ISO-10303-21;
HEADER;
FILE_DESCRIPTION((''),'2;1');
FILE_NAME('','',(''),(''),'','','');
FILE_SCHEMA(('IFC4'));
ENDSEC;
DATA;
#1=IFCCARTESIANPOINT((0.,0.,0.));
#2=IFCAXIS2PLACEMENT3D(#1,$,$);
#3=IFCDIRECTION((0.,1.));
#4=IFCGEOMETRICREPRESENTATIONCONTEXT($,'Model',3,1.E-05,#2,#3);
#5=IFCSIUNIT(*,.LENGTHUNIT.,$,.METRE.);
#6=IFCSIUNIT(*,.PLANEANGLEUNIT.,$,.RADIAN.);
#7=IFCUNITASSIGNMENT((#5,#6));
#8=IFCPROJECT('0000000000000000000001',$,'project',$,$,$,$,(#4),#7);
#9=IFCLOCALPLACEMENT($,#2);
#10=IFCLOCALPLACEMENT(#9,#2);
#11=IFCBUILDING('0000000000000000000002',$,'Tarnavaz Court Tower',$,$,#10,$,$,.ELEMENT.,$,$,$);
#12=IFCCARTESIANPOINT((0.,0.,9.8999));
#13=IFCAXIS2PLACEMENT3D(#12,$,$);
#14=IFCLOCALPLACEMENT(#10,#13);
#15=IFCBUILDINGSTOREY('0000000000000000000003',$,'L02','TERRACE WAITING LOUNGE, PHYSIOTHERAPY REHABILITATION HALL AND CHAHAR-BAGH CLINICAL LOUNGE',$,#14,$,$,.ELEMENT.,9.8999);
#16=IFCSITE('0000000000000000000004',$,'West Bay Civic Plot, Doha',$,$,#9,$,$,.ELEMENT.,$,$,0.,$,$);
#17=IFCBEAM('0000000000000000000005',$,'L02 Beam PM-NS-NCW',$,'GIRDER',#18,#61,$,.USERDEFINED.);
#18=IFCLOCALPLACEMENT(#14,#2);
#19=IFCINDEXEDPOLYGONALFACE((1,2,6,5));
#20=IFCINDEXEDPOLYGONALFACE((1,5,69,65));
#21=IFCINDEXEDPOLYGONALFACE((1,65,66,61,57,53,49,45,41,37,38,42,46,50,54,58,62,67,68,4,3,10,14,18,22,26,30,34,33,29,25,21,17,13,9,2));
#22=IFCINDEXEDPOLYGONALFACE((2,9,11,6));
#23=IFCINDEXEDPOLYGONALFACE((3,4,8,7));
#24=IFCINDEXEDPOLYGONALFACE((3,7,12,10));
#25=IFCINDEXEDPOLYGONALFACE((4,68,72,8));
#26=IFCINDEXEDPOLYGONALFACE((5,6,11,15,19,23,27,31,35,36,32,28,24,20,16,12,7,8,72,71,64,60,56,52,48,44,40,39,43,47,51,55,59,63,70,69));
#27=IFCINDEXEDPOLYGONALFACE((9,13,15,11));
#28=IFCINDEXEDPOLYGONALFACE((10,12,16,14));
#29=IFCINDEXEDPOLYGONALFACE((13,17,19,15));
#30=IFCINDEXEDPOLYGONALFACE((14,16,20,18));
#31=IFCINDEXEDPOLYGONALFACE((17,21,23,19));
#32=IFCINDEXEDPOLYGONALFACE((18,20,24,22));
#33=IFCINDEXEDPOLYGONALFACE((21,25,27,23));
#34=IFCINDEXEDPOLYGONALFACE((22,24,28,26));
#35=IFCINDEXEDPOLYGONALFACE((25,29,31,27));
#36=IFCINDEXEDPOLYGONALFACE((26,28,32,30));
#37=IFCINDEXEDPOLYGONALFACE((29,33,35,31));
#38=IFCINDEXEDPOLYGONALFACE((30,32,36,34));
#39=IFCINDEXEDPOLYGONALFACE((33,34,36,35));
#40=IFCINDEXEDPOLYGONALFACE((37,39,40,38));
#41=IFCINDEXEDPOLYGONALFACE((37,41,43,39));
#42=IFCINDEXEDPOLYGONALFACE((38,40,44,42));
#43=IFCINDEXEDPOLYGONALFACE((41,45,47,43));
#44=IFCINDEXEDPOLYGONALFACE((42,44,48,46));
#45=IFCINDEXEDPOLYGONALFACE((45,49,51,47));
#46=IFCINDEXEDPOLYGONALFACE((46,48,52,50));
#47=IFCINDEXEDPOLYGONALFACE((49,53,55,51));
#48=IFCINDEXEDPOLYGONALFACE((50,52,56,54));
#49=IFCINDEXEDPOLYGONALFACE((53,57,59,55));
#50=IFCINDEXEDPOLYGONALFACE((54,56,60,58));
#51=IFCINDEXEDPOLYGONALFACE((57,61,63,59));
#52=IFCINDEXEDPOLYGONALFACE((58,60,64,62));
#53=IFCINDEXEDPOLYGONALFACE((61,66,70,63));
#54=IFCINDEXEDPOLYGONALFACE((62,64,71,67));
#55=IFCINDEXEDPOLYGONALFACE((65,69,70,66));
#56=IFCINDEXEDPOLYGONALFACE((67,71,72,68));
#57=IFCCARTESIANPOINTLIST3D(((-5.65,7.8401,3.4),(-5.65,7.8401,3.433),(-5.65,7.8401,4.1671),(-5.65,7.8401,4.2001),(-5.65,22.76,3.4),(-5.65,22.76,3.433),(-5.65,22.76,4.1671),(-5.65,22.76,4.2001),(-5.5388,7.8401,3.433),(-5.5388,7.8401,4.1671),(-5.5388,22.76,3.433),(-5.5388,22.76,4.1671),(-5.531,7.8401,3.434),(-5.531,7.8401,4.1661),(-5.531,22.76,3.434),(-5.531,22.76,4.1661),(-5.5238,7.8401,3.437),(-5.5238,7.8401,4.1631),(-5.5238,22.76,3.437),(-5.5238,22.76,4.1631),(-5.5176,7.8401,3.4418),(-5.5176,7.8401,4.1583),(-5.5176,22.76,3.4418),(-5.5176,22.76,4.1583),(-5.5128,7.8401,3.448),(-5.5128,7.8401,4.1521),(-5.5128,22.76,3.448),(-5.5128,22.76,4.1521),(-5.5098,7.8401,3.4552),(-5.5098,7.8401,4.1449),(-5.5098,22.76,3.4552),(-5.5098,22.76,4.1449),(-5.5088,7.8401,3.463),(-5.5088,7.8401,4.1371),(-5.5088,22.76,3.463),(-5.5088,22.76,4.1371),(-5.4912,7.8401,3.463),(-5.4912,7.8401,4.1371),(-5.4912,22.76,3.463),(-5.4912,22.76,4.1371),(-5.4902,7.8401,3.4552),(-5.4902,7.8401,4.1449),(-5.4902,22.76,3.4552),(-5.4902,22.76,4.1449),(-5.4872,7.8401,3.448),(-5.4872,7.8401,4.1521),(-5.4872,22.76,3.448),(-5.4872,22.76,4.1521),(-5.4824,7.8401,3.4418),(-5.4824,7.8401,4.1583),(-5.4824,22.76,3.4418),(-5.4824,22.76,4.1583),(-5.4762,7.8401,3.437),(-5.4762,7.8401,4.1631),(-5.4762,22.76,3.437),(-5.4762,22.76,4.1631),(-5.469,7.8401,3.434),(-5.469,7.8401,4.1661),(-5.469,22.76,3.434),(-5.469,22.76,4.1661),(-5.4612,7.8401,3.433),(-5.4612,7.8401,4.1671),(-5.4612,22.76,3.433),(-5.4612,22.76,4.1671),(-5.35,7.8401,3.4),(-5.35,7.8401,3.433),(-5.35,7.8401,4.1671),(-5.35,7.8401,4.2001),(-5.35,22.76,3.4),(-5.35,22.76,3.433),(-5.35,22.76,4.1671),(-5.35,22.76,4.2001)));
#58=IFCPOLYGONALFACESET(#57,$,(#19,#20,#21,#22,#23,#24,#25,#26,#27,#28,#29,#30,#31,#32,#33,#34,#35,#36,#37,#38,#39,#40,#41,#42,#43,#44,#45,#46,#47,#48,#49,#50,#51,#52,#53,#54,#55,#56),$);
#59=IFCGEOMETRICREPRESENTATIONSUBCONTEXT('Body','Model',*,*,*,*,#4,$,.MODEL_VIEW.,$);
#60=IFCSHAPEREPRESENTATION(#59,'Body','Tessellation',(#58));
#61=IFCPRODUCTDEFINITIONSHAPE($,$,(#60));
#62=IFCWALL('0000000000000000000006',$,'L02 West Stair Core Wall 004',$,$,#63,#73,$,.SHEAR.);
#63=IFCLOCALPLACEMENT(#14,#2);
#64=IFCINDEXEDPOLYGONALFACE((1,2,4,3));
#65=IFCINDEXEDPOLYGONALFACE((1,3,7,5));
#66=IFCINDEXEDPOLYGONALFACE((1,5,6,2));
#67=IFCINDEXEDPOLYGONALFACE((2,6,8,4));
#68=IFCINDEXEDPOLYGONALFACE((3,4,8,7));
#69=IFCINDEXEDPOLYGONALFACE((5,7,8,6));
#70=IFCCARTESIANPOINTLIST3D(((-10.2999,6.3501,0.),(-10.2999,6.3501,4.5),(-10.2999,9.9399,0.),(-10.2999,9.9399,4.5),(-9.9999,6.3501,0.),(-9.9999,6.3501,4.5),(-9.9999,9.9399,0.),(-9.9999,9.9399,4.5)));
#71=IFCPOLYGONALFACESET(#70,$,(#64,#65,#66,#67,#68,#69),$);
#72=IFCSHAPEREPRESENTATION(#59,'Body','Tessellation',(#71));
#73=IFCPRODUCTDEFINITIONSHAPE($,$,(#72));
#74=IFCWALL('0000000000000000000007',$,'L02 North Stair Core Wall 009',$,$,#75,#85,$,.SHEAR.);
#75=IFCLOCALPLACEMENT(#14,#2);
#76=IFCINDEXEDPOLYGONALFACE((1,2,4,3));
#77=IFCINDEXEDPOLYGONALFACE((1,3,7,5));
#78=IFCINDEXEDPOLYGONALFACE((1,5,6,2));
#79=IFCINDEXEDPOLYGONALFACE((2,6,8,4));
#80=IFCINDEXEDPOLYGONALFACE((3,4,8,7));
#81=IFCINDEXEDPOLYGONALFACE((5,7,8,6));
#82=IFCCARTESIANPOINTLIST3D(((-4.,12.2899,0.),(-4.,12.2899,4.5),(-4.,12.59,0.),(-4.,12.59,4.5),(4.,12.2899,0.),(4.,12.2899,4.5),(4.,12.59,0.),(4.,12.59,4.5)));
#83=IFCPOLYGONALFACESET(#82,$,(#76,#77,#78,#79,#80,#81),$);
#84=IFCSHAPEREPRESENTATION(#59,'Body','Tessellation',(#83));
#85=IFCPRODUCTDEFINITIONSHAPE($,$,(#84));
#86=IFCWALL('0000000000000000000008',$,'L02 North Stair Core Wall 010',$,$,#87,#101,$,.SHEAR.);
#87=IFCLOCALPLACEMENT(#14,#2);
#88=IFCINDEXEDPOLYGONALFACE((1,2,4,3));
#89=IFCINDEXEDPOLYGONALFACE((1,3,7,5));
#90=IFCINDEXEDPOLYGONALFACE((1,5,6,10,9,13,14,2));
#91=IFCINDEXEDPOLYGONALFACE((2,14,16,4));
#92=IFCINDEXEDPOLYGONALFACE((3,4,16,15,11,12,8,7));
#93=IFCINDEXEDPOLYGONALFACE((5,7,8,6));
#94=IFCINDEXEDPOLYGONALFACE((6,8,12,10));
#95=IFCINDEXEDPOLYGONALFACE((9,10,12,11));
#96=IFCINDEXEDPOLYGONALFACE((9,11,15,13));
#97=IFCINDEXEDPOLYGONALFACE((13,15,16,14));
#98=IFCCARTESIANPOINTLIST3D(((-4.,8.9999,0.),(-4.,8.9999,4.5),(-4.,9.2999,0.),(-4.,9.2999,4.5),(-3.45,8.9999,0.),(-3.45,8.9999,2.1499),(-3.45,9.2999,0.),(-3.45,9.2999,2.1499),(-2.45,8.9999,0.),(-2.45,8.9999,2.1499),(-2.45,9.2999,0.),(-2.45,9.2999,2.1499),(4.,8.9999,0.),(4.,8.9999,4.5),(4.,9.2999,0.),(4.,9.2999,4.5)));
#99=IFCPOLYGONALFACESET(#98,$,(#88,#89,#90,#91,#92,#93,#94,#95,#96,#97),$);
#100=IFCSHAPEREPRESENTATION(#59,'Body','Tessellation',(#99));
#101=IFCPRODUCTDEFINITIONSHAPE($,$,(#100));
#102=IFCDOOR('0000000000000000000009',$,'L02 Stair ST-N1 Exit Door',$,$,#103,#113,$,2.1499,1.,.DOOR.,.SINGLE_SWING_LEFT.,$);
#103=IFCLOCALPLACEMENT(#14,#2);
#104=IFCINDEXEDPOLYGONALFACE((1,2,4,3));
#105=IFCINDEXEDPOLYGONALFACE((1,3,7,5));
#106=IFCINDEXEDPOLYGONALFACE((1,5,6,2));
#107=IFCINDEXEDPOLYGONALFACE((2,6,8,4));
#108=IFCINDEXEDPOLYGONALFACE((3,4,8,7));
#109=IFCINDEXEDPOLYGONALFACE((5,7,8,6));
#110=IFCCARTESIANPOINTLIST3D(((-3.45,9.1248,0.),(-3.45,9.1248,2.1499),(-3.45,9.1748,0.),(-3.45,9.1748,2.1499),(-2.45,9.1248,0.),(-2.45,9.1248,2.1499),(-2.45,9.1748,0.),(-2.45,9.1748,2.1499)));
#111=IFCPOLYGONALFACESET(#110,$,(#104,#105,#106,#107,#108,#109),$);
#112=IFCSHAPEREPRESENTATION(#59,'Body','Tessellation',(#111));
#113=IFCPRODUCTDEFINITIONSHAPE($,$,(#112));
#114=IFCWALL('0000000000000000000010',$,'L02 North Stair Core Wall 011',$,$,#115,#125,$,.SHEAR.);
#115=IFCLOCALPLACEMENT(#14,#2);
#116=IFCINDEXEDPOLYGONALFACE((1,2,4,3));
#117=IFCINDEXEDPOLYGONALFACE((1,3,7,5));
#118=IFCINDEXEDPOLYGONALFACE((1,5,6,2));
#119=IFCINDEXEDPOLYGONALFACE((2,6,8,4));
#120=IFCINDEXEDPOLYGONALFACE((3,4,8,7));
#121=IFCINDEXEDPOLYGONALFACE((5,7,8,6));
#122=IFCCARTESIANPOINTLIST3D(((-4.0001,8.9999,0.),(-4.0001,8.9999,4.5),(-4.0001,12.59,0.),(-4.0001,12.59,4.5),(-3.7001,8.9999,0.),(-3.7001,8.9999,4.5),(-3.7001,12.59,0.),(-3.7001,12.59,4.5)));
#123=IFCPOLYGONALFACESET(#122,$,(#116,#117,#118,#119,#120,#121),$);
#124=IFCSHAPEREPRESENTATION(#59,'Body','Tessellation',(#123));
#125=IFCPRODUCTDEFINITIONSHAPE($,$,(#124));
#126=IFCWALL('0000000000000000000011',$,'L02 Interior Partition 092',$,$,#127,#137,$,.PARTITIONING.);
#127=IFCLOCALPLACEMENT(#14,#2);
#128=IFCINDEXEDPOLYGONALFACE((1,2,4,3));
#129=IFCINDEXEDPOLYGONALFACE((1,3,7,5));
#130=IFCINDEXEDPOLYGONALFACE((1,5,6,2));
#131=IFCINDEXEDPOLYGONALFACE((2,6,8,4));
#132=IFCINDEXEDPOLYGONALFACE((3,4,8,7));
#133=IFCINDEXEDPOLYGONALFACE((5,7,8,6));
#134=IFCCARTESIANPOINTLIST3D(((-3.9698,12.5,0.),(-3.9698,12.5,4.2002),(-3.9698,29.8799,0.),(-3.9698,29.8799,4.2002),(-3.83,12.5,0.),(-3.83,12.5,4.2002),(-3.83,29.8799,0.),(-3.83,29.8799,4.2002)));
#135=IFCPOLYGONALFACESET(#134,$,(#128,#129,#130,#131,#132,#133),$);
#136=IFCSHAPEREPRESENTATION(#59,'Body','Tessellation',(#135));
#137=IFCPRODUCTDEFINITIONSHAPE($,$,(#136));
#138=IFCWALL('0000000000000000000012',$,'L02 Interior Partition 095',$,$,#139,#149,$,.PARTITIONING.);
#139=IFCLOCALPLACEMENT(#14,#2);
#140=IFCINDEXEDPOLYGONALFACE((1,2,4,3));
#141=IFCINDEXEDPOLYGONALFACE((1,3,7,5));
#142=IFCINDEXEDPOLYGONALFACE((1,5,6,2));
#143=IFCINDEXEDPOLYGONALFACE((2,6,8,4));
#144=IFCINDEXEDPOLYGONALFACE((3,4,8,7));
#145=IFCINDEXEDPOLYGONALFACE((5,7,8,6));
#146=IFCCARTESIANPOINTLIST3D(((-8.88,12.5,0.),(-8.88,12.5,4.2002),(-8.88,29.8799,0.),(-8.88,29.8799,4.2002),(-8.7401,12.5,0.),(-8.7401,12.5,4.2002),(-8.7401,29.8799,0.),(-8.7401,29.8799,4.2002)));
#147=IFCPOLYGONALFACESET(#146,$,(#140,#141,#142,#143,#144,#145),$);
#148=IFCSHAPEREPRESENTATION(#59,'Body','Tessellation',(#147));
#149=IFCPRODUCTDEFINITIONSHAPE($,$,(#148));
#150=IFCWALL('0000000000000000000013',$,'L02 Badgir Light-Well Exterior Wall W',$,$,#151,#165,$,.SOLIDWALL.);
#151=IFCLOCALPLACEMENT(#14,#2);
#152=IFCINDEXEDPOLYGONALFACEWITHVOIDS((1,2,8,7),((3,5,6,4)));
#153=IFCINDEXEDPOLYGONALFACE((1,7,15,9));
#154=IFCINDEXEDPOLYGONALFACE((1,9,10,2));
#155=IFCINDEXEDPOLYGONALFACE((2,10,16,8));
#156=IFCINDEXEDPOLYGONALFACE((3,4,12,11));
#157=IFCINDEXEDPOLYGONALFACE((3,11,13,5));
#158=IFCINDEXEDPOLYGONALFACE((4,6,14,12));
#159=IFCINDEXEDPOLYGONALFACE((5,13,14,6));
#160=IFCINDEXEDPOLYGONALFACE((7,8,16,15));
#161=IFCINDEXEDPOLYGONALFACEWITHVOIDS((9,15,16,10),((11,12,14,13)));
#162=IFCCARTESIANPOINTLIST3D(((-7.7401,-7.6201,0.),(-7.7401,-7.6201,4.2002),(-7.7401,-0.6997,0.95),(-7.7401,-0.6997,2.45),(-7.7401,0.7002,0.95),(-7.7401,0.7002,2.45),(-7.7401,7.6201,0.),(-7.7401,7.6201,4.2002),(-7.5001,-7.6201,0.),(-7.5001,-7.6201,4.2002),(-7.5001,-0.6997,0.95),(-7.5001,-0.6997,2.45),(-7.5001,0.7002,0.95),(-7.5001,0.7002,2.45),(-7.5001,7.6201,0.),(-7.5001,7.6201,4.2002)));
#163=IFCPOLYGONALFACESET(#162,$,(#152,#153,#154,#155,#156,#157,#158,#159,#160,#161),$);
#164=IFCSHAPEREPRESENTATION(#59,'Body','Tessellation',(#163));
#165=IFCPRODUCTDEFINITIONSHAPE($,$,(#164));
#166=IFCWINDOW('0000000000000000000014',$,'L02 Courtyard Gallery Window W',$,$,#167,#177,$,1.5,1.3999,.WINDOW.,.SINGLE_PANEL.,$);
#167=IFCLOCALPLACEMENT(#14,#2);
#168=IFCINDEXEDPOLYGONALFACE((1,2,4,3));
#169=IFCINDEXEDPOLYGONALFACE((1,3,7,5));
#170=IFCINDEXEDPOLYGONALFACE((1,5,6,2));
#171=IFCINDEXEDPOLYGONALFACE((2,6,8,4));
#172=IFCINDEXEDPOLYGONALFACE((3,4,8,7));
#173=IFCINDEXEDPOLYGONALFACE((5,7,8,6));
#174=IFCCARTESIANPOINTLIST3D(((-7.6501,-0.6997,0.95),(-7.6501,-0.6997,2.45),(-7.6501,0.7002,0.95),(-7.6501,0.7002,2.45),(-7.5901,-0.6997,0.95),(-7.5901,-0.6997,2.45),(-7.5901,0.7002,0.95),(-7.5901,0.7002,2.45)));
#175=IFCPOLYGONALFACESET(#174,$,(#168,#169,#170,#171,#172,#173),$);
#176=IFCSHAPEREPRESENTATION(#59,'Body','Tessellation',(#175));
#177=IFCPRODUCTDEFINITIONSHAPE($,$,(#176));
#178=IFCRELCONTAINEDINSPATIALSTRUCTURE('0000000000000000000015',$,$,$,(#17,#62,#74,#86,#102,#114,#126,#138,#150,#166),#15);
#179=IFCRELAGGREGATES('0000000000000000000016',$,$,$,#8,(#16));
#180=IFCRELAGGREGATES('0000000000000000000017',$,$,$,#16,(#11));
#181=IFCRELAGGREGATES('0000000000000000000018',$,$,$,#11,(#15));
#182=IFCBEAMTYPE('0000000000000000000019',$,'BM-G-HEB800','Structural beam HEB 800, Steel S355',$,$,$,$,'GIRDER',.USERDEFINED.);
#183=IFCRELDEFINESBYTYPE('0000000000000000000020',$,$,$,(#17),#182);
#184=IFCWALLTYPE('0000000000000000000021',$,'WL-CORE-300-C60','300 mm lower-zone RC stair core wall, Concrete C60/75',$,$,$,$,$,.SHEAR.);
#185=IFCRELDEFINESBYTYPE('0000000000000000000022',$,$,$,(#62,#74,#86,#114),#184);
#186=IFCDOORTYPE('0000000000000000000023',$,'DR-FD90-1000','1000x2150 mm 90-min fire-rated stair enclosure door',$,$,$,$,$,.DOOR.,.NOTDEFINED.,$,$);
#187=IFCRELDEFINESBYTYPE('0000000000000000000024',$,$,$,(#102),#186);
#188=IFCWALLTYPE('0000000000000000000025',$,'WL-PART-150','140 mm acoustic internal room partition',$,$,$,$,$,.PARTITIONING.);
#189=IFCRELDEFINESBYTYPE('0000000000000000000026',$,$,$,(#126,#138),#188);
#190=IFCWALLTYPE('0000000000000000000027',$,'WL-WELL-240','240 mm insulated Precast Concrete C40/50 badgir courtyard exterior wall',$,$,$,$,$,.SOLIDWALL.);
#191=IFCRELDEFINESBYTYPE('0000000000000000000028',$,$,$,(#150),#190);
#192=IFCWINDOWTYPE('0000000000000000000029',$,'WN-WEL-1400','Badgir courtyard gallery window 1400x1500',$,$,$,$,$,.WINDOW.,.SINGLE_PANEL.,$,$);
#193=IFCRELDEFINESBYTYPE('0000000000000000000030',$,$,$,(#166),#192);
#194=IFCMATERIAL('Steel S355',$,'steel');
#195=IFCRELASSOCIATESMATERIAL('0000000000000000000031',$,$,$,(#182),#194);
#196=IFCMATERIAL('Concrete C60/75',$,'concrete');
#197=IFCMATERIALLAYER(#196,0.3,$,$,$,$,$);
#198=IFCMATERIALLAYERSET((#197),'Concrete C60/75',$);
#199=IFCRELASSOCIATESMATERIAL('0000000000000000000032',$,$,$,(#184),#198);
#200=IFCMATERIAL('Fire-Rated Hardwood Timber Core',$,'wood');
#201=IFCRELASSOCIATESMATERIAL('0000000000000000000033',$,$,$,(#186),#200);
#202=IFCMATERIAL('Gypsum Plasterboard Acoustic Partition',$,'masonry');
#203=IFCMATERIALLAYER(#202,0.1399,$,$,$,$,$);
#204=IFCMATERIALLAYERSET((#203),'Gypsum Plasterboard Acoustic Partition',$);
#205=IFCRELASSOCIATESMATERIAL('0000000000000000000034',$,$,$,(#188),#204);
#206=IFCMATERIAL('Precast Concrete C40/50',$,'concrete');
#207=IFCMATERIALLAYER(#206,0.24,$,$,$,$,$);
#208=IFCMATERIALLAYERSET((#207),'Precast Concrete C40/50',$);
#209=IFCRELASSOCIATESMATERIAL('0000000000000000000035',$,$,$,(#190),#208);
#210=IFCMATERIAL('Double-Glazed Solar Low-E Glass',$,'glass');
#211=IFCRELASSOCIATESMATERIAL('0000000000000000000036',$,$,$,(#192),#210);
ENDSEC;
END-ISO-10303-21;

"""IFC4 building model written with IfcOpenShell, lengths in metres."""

from ifc_helpers import new_model, si_unit, direction, frame, frame_2d, origin, origin_2d, place, context, subcontext, project, spatial, rectangle, i_section, extrude, material, layer, layer_set, material_profile, profile_set, type_object, element, fill, save


model = new_model("IFC4")

# Units and contexts
model_context = context("Model", 3, precision=1e-05, world=origin(), true_north=direction((0.0, 1.0)))
body_context = subcontext(model_context, "Body", "Model", "MODEL_VIEW")
ifc_project = project(units=[si_unit("LENGTHUNIT", "METRE"), si_unit("PLANEANGLEUNIT", "RADIAN")], contexts=[model_context])

# Site, building, storey
site_placement = place(None, origin())
site = spatial("IfcSite", under=ifc_project, at=site_placement, Name="West Bay Civic Plot, Doha", CompositionType="ELEMENT", RefElevation=0.0)
building_placement = place(site_placement, origin())
building = spatial("IfcBuilding", under=site, at=building_placement, Name="Tarnavaz Court Tower", CompositionType="ELEMENT")
storey_placement = place(building_placement, frame((0.0, 0.0, 9.8999)))
storey = spatial("IfcBuildingStorey", under=building, at=storey_placement, Name="L02", Description="TERRACE WAITING LOUNGE, PHYSIOTHERAPY REHABILITATION HALL AND CHAHAR-BAGH CLINICAL LOUNGE", CompositionType="ELEMENT", Elevation=9.8999)

# Shared definitions
ifc_material_1 = material(Name="Concrete C60/75", Category="concrete")

# Beam
ifc_material_2 = material(Name="Steel S355", Category="steel")
ifc_material_profile_1 = material_profile(ifc_material_2, i_section(OverallWidth=0.3, OverallDepth=0.8, WebThickness=0.0176, FlangeThickness=0.033, FilletRadius=0.03, at=origin_2d()), Name="HEB 800")
ifc_profile_set_1 = profile_set([ifc_material_profile_1], Name="Steel S355")
beam_type = type_object("IfcBeamType", Name="BM-G-HEB800", Description="Structural beam HEB 800, Steel S355", ElementType="GIRDER", PredefinedType="USERDEFINED", material=ifc_profile_set_1)
beam_1_placement = place(storey_placement, frame((-5.5, 7.8401, 3.8), z_axis=(0.0, 1.0, 0.0), x_axis=(-1.0, 0.0, 0.0)))
element("IfcBeam", 1, at=beam_1_placement, inside=storey, type_object=beam_type, Name="L02 Beam PM-NS-NCW", ObjectType="GIRDER", PredefinedType="USERDEFINED", context=body_context, shape_type="SweptSolid", body=[
    extrude(i_section(OverallWidth=0.3, OverallDepth=0.8, WebThickness=0.0176, FlangeThickness=0.033, FilletRadius=0.03, at=origin_2d()), origin(), (0.0, 0.0, 1.0), 14.9199),
])

# Walls
ifc_layer_1 = layer(ifc_material_1, 0.3)
ifc_layer_set_1 = layer_set([ifc_layer_1], Name="Concrete C60/75")
wall_type_1 = type_object("IfcWallType", Name="WL-CORE-300-C60", Description="300 mm lower-zone RC stair core wall, Concrete C60/75", PredefinedType="SHEAR", material=ifc_layer_set_1)
wall_1_placement = place(storey_placement, frame((-10.1499, 6.3501, 0.0), z_axis=(0.0, 0.0, 1.0), x_axis=(0.0, 1.0, 0.0)))
element("IfcWall", 2, at=wall_1_placement, inside=storey, type_object=wall_type_1, Name="L02 West Stair Core Wall 004", PredefinedType="SHEAR", context=body_context, shape_type="SweptSolid", body=[
    extrude(rectangle(XDim=3.5898, YDim=0.3, at=frame_2d((1.7949, 0.0))), origin(), (0.0, 0.0, 1.0), 4.5),
])
wall_2_placement = place(storey_placement, frame((-4.0, 12.4399, 0.0), z_axis=(0.0, 0.0, 1.0), x_axis=(1.0, 0.0, 0.0)))
element("IfcWall", 3, at=wall_2_placement, inside=storey, type_object=wall_type_1, Name="L02 North Stair Core Wall 009", PredefinedType="SHEAR", context=body_context, shape_type="SweptSolid", body=[
    extrude(rectangle(XDim=8.0, YDim=0.3, at=frame_2d((4.0, 0.0))), origin(), (0.0, 0.0, 1.0), 4.5),
])

# Wall, opening, door
wall_3_placement = place(storey_placement, frame((-4.0, 9.1499, 0.0), z_axis=(0.0, 0.0, 1.0), x_axis=(1.0, 0.0, 0.0)))
wall_3 = element("IfcWall", 4, at=wall_3_placement, inside=storey, type_object=wall_type_1, Name="L02 North Stair Core Wall 010", PredefinedType="SHEAR", context=body_context, shape_type="SweptSolid", body=[
    extrude(rectangle(XDim=8.0, YDim=0.3, at=frame_2d((4.0, 0.0))), origin(), (0.0, 0.0, 1.0), 4.5),
])
opening_1_placement = place(wall_3_placement, frame((0.55, 0.0, 0.0)))
opening_1 = element("IfcOpeningElement", 5, at=opening_1_placement, cuts=wall_3, PredefinedType="OPENING", context=body_context, shape_type="SweptSolid", body=[
    extrude(rectangle(XDim=1.0, YDim=2.1499, at=frame_2d((0.5, 1.075))), frame((0.0, 0.1599, 0.0), z_axis=(0.0, -1.0, 0.0), x_axis=(1.0, 0.0, 0.0)), (0.0, 0.0, 1.0), 0.3201),
])
ifc_material_3 = material(Name="Fire-Rated Hardwood Timber Core", Category="wood")
door_type_1 = type_object("IfcDoorType", Name="DR-FD90-1000", Description="1000x2150 mm 90-min fire-rated stair enclosure door", OperationType="NOTDEFINED", PredefinedType="DOOR", material=ifc_material_3)
door_1_placement = place(opening_1_placement, origin())
door_1 = element("IfcDoor", 6, at=door_1_placement, inside=storey, type_object=door_type_1, Name="L02 Stair ST-N1 Exit Door", OperationType="SINGLE_SWING_LEFT", OverallHeight=2.1499, OverallWidth=1.0, PredefinedType="DOOR", context=body_context, shape_type="SweptSolid", body=[
    extrude(rectangle(XDim=1.0, YDim=2.1499, at=frame_2d((0.5, 1.075))), frame((0.0, 0.0249, 0.0), z_axis=(0.0, -1.0, 0.0), x_axis=(1.0, 0.0, 0.0)), (0.0, 0.0, 1.0), 0.05),
])
fill(opening_1, door_1)

# Wall
wall_4_placement = place(storey_placement, frame((-3.8501, 9.0, 0.0), z_axis=(0.0, 0.0, 1.0), x_axis=(0.0, 1.0, 0.0)))
element("IfcWall", 7, at=wall_4_placement, inside=storey, type_object=wall_type_1, Name="L02 North Stair Core Wall 011", PredefinedType="SHEAR", context=body_context, shape_type="SweptSolid", body=[
    extrude(rectangle(XDim=3.5901, YDim=0.3, at=frame_2d((1.7949, 0.0))), origin(), (0.0, 0.0, 1.0), 4.5),
])

# Walls
ifc_material_4 = material(Name="Gypsum Plasterboard Acoustic Partition", Category="masonry")
ifc_layer_2 = layer(ifc_material_4, 0.1399)
ifc_layer_set_2 = layer_set([ifc_layer_2], Name="Gypsum Plasterboard Acoustic Partition")
wall_type_2 = type_object("IfcWallType", Name="WL-PART-150", Description="140 mm acoustic internal room partition", PredefinedType="PARTITIONING", material=ifc_layer_set_2)
for number, where, z_axis, x_axis, name in (
    (8, (-3.8999, 12.5, 0.0), (0.0, 0.0, 1.0), (0.0, 1.0, 0.0), "L02 Interior Partition 092"),
    (9, (-8.8101, 12.5, 0.0), (0.0, 0.0, 1.0), (0.0, 1.0, 0.0), "L02 Interior Partition 095"),
):
    element("IfcWall", number, at=place(storey_placement, frame(where, z_axis=z_axis, x_axis=x_axis)), inside=storey, type_object=wall_type_2, Name=name, PredefinedType="PARTITIONING", context=body_context, shape_type="SweptSolid", body=[
        extrude(rectangle(XDim=17.3799, YDim=0.1399, at=frame_2d((8.6899, 0.0))), origin(), (0.0, 0.0, 1.0), 4.2002),
    ])

# Wall, opening, window
ifc_material_5 = material(Name="Precast Concrete C40/50", Category="concrete")
ifc_layer_3 = layer(ifc_material_5, 0.24)
ifc_layer_set_3 = layer_set([ifc_layer_3], Name="Precast Concrete C40/50")
wall_type_3 = type_object("IfcWallType", Name="WL-WELL-240", Description="240 mm insulated Precast Concrete C40/50 badgir courtyard exterior wall", PredefinedType="SOLIDWALL", material=ifc_layer_set_3)
wall_5_placement = place(storey_placement, frame((-7.6201, 7.6201, 0.0), z_axis=(0.0, 0.0, 1.0), x_axis=(0.0, -1.0, 0.0)))
wall_5 = element("IfcWall", 10, at=wall_5_placement, inside=storey, type_object=wall_type_3, Name="L02 Badgir Light-Well Exterior Wall W", PredefinedType="SOLIDWALL", context=body_context, shape_type="SweptSolid", body=[
    extrude(rectangle(XDim=15.2402, YDim=0.24, at=frame_2d((7.6201, 0.0))), origin(), (0.0, 0.0, 1.0), 4.2002),
])
opening_2_placement = place(wall_5_placement, frame((6.9199, 0.0, 0.95)))
opening_2 = element("IfcOpeningElement", 11, at=opening_2_placement, cuts=wall_5, PredefinedType="OPENING", context=body_context, shape_type="SweptSolid", body=[
    extrude(rectangle(XDim=1.3999, YDim=1.5, at=frame_2d((0.7, 0.75))), frame((0.0, 0.1299, 0.0), z_axis=(0.0, -1.0, 0.0), x_axis=(1.0, 0.0, 0.0)), (0.0, 0.0, 1.0), 0.26),
])
ifc_material_6 = material(Name="Double-Glazed Solar Low-E Glass", Category="glass")
window_type = type_object("IfcWindowType", Name="WN-WEL-1400", Description="Badgir courtyard gallery window 1400x1500", PartitioningType="SINGLE_PANEL", PredefinedType="WINDOW", material=ifc_material_6)
window_placement = place(opening_2_placement, origin())
window = element("IfcWindow", 12, at=window_placement, inside=storey, type_object=window_type, Name="L02 Courtyard Gallery Window W", OverallHeight=1.5, OverallWidth=1.3999, PartitioningType="SINGLE_PANEL", PredefinedType="WINDOW", context=body_context, shape_type="SweptSolid", body=[
    extrude(rectangle(XDim=1.3999, YDim=1.5, at=frame_2d((0.7, 0.75))), frame((0.0, 0.03, 0.0), z_axis=(0.0, -1.0, 0.0), x_axis=(1.0, 0.0, 0.0)), (0.0, 0.0, 1.0), 0.0601),
])
fill(opening_2, window)

save(model, "model.ifc")
